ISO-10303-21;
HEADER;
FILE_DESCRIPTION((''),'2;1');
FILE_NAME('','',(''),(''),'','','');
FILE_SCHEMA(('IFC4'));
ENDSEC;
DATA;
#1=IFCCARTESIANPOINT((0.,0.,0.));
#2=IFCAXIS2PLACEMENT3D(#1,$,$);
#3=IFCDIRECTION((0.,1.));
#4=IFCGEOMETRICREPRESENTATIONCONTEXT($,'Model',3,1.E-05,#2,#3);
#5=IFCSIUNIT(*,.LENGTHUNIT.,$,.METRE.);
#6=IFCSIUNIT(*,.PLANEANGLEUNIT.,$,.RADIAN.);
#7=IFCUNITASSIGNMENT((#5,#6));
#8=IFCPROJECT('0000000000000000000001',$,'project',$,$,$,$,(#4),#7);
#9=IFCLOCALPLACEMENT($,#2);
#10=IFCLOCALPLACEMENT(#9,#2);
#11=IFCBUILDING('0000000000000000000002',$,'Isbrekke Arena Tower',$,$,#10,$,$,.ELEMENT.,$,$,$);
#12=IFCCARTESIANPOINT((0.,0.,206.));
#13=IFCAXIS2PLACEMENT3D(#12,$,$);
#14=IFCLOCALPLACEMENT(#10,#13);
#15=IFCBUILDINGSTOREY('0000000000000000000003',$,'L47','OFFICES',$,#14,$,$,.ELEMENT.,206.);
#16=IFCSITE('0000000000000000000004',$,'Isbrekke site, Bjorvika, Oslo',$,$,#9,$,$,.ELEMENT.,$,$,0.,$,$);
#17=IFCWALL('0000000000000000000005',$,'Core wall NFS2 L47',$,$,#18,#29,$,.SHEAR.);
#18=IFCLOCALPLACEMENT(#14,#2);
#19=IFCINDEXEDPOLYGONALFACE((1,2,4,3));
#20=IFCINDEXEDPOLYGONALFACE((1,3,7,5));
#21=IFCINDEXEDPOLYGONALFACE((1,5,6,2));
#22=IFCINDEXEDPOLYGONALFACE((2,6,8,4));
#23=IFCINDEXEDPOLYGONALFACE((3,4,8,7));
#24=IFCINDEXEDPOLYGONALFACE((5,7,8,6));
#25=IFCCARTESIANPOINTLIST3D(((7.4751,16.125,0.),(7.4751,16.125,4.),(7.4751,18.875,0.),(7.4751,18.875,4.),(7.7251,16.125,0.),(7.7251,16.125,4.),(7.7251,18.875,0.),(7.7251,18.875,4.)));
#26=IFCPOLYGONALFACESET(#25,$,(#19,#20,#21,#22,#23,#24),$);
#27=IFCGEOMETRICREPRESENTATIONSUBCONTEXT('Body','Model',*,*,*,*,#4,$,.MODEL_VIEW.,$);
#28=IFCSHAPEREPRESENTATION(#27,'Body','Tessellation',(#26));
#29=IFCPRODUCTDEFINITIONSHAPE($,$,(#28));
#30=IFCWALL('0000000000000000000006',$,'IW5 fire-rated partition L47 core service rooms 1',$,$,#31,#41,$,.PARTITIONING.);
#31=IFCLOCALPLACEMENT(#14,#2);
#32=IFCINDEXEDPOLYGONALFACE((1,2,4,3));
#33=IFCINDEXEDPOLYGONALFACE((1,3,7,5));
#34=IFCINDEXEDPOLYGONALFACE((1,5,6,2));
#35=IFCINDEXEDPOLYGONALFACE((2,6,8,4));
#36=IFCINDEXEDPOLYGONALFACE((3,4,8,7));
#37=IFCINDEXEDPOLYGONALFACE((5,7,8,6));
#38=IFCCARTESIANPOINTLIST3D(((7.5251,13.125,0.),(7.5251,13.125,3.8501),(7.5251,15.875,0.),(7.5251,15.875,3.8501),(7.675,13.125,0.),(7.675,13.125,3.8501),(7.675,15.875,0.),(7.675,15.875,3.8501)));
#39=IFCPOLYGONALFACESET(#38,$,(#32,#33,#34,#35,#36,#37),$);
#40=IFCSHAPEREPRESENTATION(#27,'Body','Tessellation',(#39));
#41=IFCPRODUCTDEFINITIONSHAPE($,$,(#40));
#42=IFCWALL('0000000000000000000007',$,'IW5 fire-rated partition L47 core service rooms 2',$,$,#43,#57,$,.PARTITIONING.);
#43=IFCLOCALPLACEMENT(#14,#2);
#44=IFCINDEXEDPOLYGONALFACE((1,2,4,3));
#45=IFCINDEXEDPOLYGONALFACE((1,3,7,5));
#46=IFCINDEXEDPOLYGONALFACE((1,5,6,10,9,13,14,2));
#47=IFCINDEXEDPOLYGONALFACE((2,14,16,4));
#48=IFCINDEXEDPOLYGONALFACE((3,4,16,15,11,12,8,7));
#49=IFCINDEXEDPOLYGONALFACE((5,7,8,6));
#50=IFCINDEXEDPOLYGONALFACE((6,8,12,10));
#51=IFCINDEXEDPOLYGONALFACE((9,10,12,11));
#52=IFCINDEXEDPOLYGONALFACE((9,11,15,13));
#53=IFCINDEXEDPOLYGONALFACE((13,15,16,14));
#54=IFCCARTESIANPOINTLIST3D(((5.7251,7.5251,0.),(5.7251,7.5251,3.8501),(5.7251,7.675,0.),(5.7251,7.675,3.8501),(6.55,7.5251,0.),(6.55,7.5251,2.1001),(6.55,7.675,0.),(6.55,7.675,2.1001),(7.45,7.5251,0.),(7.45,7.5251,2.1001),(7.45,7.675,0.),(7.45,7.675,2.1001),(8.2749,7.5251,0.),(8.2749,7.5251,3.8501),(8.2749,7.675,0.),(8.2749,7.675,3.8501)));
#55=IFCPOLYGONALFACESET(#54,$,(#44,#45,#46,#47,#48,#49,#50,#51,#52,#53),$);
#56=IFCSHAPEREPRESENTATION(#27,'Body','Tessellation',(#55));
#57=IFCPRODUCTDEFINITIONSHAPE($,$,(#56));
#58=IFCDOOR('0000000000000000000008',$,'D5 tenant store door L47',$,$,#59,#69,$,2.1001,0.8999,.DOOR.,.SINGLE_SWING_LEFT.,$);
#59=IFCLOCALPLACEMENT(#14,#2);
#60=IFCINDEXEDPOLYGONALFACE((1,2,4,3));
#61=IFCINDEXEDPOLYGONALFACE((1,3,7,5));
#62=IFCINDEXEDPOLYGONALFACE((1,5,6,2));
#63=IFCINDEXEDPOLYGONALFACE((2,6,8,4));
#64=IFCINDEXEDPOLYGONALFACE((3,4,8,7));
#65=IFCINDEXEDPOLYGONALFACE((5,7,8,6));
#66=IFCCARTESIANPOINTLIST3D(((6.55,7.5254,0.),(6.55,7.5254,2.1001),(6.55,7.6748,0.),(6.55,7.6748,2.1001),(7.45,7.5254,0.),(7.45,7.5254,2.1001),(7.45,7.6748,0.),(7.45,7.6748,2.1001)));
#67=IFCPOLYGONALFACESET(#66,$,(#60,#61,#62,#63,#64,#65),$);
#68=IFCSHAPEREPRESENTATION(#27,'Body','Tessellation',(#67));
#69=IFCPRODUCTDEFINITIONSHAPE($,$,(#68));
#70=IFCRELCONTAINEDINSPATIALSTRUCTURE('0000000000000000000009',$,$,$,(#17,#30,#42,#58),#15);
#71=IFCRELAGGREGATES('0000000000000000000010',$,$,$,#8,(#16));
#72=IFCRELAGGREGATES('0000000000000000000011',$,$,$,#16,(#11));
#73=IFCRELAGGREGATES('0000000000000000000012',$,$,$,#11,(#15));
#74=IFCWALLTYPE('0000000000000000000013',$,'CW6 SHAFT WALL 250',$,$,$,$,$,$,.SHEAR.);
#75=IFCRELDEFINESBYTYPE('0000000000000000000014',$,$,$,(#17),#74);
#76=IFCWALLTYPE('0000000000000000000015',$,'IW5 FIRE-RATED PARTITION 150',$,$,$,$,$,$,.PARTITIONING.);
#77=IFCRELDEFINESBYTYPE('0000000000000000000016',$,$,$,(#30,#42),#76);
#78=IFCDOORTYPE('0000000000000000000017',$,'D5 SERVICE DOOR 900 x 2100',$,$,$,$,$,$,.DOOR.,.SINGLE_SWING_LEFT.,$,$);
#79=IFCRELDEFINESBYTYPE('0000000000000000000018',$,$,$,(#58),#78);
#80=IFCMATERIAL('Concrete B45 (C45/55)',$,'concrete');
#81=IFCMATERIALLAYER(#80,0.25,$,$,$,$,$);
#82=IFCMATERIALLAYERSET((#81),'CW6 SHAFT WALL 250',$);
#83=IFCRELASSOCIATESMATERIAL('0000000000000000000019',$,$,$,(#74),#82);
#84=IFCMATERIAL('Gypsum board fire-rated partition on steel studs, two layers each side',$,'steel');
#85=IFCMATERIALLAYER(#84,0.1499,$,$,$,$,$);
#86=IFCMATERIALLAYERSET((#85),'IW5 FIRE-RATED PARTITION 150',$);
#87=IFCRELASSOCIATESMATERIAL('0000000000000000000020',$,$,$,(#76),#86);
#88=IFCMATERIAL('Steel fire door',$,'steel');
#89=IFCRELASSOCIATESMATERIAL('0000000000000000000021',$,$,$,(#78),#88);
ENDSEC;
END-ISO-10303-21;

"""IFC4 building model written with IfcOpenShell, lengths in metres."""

from ifc_helpers import new_model, si_unit, direction, frame, frame_2d, origin, place, context, subcontext, project, spatial, rectangle, extrude, material, layer, layer_set, type_object, element, fill, save


model = new_model("IFC4")

# Units and contexts
model_context = context("Model", 3, precision=1e-05, world=origin(), true_north=direction((0.0, 1.0)))
body_context = subcontext(model_context, "Body", "Model", "MODEL_VIEW")
ifc_project = project(units=[si_unit("LENGTHUNIT", "METRE"), si_unit("PLANEANGLEUNIT", "RADIAN")], contexts=[model_context])

# Site, building, storey
site_placement = place(None, origin())
site = spatial("IfcSite", under=ifc_project, at=site_placement, Name="Isbrekke site, Bjorvika, Oslo", CompositionType="ELEMENT", RefElevation=0.0)
building_placement = place(site_placement, origin())
building = spatial("IfcBuilding", under=site, at=building_placement, Name="Isbrekke Arena Tower", CompositionType="ELEMENT")
storey_placement = place(building_placement, frame((0.0, 0.0, 206.0)))
storey = spatial("IfcBuildingStorey", under=building, at=storey_placement, Name="L47", Description="OFFICES", CompositionType="ELEMENT", Elevation=206.0)

# Walls
ifc_material_1 = material(Name="Concrete B45 (C45/55)", Category="concrete")
ifc_layer_1 = layer(ifc_material_1, 0.25)
ifc_layer_set_1 = layer_set([ifc_layer_1], Name="CW6 SHAFT WALL 250")
wall_type_1 = type_object("IfcWallType", Name="CW6 SHAFT WALL 250", PredefinedType="SHEAR", material=ifc_layer_set_1)
wall_1_placement = place(storey_placement, frame((7.6001, 16.125, 0.0), z_axis=(0.0, 0.0, 1.0), x_axis=(0.0, 1.0, 0.0)))
element("IfcWall", 1, at=wall_1_placement, inside=storey, type_object=wall_type_1, Name="Core wall NFS2 L47", PredefinedType="SHEAR", context=body_context, shape_type="SweptSolid", body=[
    extrude(rectangle(XDim=2.75, YDim=0.25, at=frame_2d((1.375, 0.0))), origin(), (0.0, 0.0, 1.0), 4.0),
])
ifc_material_2 = material(Name="Gypsum board fire-rated partition on steel studs, two layers each side", Category="steel")
ifc_layer_2 = layer(ifc_material_2, 0.1499)
ifc_layer_set_2 = layer_set([ifc_layer_2], Name="IW5 FIRE-RATED PARTITION 150")
wall_type_2 = type_object("IfcWallType", Name="IW5 FIRE-RATED PARTITION 150", PredefinedType="PARTITIONING", material=ifc_layer_set_2)
wall_2_placement = place(storey_placement, frame((7.6001, 13.125, 0.0), z_axis=(0.0, 0.0, 1.0), x_axis=(0.0, 1.0, 0.0)))
element("IfcWall", 2, at=wall_2_placement, inside=storey, type_object=wall_type_2, Name="IW5 fire-rated partition L47 core service rooms 1", PredefinedType="PARTITIONING", context=body_context, shape_type="SweptSolid", body=[
    extrude(rectangle(XDim=2.75, YDim=0.1499, at=frame_2d((1.375, 0.0))), origin(), (0.0, 0.0, 1.0), 3.8501),
])

# Wall, opening, door
wall_3_placement = place(storey_placement, frame((5.7251, 7.6001, 0.0), z_axis=(0.0, 0.0, 1.0), x_axis=(1.0, 0.0, 0.0)))
wall_3 = element("IfcWall", 3, at=wall_3_placement, inside=storey, type_object=wall_type_2, Name="IW5 fire-rated partition L47 core service rooms 2", PredefinedType="PARTITIONING", context=body_context, shape_type="SweptSolid", body=[
    extrude(rectangle(XDim=2.5498, YDim=0.1499, at=frame_2d((1.2749, 0.0))), origin(), (0.0, 0.0, 1.0), 3.8501),
])
opening_1_placement = place(wall_3_placement, frame((0.825, 0.0, 0.0)))
opening_1 = element("IfcOpeningElement", 4, at=opening_1_placement, cuts=wall_3, PredefinedType="OPENING", context=body_context, shape_type="SweptSolid", body=[
    extrude(rectangle(XDim=0.8999, YDim=2.1001, at=frame_2d((0.45, 1.05))), frame((0.0, 0.0898, 0.0), z_axis=(0.0, -1.0, 0.0), x_axis=(1.0, 0.0, 0.0)), (0.0, 0.0, 1.0), 0.1797),
])
ifc_material_3 = material(Name="Steel fire door", Category="steel")
door_type_1 = type_object("IfcDoorType", Name="D5 SERVICE DOOR 900 x 2100", OperationType="SINGLE_SWING_LEFT", PredefinedType="DOOR", material=ifc_material_3)
door_1_placement = place(opening_1_placement, origin())
door_1 = element("IfcDoor", 5, at=door_1_placement, inside=storey, type_object=door_type_1, Name="D5 tenant store door L47", OperationType="SINGLE_SWING_LEFT", OverallHeight=2.1001, OverallWidth=0.8999, PredefinedType="DOOR", context=body_context, shape_type="SweptSolid", body=[
    extrude(rectangle(XDim=0.8999, YDim=2.1001, at=frame_2d((0.45, 1.05))), frame((0.0, 0.0747, 0.0), z_axis=(0.0, -1.0, 0.0), x_axis=(1.0, 0.0, 0.0)), (0.0, 0.0, 1.0), 0.1494),
])
fill(opening_1, door_1)

save(model, "model.ifc")
